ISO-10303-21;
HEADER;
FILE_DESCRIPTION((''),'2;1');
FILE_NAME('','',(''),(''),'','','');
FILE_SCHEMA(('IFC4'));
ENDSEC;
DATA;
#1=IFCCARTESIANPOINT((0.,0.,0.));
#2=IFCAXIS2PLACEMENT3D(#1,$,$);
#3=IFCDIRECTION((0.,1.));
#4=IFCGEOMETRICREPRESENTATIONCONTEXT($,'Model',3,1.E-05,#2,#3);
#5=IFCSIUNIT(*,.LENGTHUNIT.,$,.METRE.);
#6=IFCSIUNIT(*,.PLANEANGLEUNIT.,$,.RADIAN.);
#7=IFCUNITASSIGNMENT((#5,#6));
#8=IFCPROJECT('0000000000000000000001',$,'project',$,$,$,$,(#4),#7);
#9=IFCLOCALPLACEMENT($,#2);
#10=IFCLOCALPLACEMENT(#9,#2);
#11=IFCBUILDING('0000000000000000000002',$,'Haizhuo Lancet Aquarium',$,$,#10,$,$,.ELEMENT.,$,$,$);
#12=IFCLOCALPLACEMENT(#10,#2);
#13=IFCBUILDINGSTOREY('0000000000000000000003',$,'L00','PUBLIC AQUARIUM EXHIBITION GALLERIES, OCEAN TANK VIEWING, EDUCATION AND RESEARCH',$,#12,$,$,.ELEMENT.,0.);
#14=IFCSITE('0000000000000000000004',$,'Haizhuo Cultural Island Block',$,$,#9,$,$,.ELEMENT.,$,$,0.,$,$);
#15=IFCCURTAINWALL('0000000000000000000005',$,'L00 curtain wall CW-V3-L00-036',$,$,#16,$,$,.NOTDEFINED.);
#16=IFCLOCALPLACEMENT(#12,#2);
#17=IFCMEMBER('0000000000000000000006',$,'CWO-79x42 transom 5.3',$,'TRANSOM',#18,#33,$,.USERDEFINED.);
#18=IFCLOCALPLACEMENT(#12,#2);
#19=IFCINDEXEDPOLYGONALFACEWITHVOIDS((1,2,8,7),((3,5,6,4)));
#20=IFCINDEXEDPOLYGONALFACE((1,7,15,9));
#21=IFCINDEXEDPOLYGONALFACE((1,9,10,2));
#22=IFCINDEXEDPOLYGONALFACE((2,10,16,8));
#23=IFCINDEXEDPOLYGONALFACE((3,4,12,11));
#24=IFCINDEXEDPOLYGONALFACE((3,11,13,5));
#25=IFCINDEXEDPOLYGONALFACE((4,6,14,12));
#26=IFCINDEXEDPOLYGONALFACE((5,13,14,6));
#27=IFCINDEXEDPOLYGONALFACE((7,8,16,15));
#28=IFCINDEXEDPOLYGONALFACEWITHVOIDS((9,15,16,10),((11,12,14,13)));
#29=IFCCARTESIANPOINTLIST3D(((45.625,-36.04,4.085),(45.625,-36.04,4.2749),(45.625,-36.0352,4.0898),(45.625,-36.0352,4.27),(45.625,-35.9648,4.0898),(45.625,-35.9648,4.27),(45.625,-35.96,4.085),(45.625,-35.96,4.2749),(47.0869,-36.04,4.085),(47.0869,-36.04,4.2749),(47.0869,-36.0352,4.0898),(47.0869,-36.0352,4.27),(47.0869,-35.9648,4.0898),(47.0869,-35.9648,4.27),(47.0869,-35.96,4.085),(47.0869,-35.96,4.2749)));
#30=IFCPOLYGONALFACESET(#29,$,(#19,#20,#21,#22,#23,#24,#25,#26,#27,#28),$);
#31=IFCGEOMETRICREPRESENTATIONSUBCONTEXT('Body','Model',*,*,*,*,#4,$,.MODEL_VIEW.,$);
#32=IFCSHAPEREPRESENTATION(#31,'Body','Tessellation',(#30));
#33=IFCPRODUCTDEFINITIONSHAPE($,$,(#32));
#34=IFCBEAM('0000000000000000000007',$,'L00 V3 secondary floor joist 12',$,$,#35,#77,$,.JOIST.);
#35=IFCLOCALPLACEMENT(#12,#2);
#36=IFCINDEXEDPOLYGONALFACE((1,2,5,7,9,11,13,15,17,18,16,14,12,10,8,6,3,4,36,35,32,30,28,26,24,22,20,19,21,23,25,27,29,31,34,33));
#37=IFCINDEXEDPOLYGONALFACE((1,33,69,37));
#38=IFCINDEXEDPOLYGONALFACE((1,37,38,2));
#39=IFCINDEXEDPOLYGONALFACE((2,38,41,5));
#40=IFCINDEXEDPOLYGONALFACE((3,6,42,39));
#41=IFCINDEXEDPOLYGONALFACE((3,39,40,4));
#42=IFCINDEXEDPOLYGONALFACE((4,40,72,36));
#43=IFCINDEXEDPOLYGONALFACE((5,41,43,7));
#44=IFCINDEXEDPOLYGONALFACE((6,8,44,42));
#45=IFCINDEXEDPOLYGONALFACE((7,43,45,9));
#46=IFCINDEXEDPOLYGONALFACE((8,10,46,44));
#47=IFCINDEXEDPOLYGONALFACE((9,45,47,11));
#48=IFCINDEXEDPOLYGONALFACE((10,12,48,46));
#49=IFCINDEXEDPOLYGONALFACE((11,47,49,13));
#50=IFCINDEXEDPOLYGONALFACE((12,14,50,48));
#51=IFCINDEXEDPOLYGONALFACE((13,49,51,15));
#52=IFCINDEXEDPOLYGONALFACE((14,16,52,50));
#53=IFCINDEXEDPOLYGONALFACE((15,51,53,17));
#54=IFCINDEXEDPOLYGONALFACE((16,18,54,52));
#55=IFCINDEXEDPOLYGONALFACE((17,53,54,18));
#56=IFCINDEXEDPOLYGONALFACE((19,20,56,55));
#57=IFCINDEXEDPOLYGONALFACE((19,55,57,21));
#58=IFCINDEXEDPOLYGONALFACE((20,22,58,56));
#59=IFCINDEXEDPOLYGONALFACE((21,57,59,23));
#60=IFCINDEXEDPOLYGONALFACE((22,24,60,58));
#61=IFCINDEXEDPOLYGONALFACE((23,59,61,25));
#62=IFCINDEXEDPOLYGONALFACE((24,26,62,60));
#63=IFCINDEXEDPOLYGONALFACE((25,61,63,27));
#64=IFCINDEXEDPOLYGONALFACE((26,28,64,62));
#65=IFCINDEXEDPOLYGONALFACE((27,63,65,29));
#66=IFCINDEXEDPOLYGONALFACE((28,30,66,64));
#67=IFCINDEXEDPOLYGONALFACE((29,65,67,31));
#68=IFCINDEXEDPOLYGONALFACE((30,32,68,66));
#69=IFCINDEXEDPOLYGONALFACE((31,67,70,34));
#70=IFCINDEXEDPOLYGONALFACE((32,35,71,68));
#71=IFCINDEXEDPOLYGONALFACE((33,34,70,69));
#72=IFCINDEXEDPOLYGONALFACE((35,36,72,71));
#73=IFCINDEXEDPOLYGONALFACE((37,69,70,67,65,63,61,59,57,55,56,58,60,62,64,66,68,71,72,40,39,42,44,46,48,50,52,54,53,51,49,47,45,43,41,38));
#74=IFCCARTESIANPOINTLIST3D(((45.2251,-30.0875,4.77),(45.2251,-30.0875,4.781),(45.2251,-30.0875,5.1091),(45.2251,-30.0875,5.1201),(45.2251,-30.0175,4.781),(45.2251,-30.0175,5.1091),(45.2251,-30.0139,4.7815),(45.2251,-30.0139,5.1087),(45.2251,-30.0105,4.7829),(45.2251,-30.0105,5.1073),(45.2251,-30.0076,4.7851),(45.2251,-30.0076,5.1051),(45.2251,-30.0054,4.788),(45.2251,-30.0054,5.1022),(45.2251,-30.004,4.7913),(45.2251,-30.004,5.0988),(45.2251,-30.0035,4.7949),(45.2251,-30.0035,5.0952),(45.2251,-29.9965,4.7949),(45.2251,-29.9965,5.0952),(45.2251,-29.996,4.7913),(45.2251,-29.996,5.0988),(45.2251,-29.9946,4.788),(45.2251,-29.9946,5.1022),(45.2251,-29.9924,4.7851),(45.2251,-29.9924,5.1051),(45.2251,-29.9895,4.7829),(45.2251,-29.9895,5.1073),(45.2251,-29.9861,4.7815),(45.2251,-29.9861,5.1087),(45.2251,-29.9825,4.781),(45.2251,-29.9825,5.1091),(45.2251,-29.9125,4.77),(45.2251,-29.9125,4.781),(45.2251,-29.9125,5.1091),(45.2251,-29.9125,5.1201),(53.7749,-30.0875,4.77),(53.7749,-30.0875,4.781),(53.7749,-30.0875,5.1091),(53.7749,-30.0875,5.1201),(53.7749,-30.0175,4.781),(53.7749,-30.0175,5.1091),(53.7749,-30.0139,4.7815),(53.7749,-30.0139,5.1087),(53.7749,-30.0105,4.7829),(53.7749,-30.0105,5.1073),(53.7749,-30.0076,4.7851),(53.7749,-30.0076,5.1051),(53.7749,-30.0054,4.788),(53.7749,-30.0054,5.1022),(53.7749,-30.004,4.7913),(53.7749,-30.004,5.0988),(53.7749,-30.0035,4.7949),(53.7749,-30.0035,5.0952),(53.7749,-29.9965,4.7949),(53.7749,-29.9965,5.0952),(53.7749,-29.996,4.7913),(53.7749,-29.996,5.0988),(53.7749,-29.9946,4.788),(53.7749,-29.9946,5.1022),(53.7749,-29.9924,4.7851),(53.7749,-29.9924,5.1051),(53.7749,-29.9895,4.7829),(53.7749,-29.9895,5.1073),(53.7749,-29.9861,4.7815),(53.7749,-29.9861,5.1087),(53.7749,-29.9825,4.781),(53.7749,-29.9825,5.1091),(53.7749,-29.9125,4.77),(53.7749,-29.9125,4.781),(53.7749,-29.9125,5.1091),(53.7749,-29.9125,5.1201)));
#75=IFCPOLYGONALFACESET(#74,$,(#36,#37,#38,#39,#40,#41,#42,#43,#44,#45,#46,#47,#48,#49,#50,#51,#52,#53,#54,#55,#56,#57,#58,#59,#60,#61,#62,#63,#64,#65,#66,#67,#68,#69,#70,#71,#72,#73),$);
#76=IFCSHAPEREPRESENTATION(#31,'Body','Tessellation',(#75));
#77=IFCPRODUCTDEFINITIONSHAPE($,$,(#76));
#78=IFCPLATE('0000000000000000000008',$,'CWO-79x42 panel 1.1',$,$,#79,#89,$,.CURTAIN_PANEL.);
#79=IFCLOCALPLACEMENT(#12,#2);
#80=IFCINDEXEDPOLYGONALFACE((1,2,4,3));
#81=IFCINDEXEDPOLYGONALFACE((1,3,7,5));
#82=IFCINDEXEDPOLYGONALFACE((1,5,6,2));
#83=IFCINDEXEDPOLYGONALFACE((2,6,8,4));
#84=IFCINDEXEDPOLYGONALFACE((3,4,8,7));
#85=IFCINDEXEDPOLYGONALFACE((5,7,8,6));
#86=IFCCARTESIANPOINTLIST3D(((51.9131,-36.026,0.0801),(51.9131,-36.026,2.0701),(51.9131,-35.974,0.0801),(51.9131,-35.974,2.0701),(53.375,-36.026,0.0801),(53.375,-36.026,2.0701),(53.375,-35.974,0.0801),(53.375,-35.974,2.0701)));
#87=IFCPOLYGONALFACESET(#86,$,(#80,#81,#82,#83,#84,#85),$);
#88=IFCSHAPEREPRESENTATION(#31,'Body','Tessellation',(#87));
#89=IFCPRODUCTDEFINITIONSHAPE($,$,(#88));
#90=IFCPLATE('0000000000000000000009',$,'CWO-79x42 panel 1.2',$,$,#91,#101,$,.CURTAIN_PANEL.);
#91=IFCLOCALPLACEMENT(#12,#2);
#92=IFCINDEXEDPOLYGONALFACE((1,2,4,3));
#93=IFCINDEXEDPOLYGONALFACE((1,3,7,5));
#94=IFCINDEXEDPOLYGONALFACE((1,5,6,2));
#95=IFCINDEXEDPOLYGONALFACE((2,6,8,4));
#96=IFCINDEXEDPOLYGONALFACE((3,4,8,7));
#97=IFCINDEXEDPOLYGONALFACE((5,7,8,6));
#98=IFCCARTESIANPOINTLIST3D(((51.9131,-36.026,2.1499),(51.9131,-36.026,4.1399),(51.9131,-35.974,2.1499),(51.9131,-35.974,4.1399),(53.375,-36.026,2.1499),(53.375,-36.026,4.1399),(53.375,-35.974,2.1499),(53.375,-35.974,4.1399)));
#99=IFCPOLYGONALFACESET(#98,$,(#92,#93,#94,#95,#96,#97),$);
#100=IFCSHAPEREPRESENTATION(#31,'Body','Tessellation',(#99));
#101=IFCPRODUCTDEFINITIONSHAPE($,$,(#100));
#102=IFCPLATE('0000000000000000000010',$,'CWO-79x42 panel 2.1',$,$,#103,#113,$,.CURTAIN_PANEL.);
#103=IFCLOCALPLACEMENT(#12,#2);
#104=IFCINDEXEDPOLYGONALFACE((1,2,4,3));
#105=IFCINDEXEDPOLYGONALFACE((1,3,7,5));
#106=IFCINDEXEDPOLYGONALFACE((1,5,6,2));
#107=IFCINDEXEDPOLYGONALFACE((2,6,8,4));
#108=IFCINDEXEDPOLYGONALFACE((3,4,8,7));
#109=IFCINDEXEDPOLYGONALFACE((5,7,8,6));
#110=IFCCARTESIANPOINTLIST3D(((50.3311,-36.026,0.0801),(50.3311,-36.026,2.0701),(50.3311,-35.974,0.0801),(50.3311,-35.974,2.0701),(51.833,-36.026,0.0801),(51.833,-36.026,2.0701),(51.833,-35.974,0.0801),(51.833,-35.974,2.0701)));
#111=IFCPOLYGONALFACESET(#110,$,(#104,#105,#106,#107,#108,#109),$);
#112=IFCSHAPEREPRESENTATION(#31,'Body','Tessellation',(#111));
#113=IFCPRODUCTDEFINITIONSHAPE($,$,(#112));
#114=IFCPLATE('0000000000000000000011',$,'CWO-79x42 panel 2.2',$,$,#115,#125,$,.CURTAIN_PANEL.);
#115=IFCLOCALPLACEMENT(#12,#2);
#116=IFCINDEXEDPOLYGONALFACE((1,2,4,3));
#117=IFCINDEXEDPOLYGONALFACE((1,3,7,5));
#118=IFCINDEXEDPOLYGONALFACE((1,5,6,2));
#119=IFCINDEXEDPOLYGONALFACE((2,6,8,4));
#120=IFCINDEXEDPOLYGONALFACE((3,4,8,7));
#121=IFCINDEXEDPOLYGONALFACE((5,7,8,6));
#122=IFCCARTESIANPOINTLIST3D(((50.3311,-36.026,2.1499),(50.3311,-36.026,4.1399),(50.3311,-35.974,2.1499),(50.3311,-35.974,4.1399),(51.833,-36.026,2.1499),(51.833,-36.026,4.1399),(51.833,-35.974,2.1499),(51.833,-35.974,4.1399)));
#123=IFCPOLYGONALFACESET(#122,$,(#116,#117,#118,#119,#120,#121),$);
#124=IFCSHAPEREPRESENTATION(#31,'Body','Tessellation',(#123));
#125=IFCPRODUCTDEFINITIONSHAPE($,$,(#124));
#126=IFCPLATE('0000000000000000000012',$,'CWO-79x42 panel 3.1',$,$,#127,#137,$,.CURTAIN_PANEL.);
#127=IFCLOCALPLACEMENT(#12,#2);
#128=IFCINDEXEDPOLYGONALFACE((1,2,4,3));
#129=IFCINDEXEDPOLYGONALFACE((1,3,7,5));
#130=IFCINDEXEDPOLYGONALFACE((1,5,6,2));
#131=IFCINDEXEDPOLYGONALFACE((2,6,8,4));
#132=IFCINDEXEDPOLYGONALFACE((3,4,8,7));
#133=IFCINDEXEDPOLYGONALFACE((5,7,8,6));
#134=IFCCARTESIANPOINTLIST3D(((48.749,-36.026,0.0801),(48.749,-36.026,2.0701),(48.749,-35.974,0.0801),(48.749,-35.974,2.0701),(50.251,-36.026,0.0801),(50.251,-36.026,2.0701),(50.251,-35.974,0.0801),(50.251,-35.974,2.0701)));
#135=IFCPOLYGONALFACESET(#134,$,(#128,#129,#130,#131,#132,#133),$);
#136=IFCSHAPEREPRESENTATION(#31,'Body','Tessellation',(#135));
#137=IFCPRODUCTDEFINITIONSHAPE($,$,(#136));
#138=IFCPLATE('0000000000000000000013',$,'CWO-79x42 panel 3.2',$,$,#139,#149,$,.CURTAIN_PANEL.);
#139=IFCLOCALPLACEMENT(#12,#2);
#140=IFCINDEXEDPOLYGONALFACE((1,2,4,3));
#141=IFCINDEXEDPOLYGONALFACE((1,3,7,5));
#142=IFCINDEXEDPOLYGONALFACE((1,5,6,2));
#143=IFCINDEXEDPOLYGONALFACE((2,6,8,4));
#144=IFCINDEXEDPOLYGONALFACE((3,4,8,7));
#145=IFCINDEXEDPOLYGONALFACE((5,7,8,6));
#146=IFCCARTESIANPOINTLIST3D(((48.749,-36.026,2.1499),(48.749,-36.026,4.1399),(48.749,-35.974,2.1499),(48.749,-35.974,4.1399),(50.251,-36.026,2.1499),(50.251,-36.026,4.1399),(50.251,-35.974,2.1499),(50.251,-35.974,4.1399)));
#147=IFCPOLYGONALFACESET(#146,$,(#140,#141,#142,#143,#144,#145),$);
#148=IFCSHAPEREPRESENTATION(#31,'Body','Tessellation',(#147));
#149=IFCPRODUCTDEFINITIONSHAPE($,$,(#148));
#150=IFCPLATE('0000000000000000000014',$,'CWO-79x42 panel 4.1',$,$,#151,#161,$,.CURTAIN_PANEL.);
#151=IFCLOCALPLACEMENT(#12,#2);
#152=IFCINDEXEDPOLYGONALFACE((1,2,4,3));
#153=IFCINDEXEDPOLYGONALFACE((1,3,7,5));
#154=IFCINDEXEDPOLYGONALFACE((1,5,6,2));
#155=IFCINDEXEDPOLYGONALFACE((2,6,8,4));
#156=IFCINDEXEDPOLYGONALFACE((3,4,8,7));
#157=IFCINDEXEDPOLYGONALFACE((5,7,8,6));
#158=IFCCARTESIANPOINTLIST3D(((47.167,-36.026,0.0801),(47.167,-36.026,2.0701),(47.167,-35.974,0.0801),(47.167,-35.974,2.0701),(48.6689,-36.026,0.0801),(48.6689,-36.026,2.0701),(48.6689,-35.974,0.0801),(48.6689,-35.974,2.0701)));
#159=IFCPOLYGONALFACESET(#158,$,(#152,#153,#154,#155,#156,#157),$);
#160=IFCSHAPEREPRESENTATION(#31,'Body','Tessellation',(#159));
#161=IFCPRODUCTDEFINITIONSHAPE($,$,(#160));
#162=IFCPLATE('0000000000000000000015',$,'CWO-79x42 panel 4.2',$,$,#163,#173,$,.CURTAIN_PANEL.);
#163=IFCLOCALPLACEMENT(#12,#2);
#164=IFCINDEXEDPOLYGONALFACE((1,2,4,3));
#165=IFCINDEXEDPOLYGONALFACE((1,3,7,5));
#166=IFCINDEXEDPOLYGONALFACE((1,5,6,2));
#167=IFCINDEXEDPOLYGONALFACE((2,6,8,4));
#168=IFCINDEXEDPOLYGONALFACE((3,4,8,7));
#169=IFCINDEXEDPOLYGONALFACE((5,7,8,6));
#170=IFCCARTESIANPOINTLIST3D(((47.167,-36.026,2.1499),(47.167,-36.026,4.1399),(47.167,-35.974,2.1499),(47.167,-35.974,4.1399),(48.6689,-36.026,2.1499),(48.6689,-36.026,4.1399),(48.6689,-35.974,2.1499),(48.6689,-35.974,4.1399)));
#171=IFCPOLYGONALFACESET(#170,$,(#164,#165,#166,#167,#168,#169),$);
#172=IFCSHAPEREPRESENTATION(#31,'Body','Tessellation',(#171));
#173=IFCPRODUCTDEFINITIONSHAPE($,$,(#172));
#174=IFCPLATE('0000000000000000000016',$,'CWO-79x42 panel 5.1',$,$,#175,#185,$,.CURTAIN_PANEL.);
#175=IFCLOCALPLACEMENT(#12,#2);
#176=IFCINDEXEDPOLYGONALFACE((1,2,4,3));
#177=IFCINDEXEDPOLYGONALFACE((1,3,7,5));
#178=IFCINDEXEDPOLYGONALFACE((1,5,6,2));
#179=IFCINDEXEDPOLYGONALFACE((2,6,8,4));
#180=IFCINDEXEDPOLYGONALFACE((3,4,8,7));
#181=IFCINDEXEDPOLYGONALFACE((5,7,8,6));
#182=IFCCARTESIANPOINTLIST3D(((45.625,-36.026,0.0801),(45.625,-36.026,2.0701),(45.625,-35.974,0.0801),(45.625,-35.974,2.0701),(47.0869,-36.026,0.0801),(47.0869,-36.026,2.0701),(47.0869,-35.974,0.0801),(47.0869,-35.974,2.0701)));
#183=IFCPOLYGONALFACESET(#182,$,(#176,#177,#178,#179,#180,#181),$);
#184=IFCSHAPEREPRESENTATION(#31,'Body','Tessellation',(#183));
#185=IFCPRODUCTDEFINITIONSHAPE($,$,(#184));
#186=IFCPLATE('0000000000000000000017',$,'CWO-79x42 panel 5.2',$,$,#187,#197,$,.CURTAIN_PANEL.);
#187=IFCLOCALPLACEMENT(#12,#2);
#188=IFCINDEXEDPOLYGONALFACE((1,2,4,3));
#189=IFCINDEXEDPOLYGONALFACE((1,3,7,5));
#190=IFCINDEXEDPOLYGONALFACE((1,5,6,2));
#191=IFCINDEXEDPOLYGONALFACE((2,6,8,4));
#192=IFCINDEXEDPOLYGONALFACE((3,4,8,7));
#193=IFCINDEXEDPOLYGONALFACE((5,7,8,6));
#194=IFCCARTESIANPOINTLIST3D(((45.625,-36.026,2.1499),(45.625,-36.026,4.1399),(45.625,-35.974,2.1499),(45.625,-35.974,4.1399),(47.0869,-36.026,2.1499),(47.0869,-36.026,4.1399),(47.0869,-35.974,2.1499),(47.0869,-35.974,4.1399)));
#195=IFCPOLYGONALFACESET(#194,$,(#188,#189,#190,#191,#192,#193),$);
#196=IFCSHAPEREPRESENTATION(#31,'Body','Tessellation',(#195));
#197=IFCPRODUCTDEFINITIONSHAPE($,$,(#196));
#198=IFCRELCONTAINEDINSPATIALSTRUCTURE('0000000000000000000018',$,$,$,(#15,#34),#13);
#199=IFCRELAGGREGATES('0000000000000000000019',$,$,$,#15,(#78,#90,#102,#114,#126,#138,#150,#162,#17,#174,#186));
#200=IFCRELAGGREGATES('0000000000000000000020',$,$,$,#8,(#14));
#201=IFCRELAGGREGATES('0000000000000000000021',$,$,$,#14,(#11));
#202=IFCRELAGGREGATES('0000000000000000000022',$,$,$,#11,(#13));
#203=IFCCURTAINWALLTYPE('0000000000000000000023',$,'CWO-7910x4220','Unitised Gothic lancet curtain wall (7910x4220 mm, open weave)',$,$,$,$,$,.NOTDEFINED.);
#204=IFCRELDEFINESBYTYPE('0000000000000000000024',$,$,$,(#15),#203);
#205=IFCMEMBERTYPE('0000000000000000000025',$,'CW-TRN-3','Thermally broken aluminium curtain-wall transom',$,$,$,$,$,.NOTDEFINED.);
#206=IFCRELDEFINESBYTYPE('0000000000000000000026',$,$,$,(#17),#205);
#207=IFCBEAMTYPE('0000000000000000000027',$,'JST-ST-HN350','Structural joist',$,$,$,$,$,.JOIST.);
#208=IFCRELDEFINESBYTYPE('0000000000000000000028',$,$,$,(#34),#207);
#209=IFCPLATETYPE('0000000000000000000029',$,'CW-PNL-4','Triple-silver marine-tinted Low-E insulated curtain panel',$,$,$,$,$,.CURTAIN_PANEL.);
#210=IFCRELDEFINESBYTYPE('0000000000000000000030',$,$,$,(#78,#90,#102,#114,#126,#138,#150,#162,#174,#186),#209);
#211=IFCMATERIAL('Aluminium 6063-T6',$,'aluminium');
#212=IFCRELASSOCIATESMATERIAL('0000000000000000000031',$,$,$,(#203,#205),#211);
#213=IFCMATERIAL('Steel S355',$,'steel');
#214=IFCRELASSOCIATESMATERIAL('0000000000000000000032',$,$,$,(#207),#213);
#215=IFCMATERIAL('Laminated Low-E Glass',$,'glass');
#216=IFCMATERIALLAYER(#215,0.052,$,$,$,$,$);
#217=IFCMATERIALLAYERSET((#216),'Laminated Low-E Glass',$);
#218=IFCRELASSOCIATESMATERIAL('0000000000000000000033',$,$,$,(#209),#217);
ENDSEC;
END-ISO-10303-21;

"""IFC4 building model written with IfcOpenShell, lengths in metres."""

from ifc_helpers import new_model, si_unit, direction, frame, origin, origin_2d, place, context, subcontext, project, spatial, rectangle, hollow_rectangle, i_section, extrude, material, layer, layer_set, material_profile, profile_set, type_object, element, aggregate, save


model = new_model("IFC4")

# Units and contexts
model_context = context("Model", 3, precision=1e-05, world=origin(), true_north=direction((0.0, 1.0)))
body_context = subcontext(model_context, "Body", "Model", "MODEL_VIEW")
ifc_project = project(units=[si_unit("LENGTHUNIT", "METRE"), si_unit("PLANEANGLEUNIT", "RADIAN")], contexts=[model_context])

# Site, building, storey
site_placement = place(None, origin())
site = spatial("IfcSite", under=ifc_project, at=site_placement, Name="Haizhuo Cultural Island Block", CompositionType="ELEMENT", RefElevation=0.0)
building_placement = place(site_placement, origin())
building = spatial("IfcBuilding", under=site, at=building_placement, Name="Haizhuo Lancet Aquarium", CompositionType="ELEMENT")
storey_placement = place(building_placement, origin())
storey = spatial("IfcBuildingStorey", under=building, at=storey_placement, Name="L00", Description="PUBLIC AQUARIUM EXHIBITION GALLERIES, OCEAN TANK VIEWING, EDUCATION AND RESEARCH", CompositionType="ELEMENT", Elevation=0.0)

# Curtain wall, member
ifc_material_1 = material(Name="Aluminium 6063-T6", Category="aluminium")
curtain_wall_type = type_object("IfcCurtainWallType", Name="CWO-7910x4220", Description="Unitised Gothic lancet curtain wall (7910x4220 mm, open weave)", PredefinedType="NOTDEFINED", material=ifc_material_1)
curtain_wall_placement = place(storey_placement, origin())
curtain_wall = element("IfcCurtainWall", 1, at=curtain_wall_placement, inside=storey, type_object=curtain_wall_type, Name="L00 curtain wall CW-V3-L00-036", PredefinedType="NOTDEFINED")
ifc_material_profile_1 = material_profile(ifc_material_1, hollow_rectangle(XDim=0.0801, YDim=0.1899, WallThickness=0.0049, at=origin_2d()), Name="ALU-T 80x190x5")
ifc_profile_set_1 = profile_set([ifc_material_profile_1], Name="Aluminium 6063-T6")
member_type_1 = type_object("IfcMemberType", Name="CW-TRN-3", Description="Thermally broken aluminium curtain-wall transom", PredefinedType="NOTDEFINED", material=ifc_profile_set_1)
member_1_placement = place(storey_placement, frame((47.0869, -36.0, 4.1799), z_axis=(-1.0, 0.0, 0.0), x_axis=(0.0, -1.0, 0.0)))
member_1 = element("IfcMember", 2, at=member_1_placement, type_object=member_type_1, Name="CWO-79x42 transom 5.3", ObjectType="TRANSOM", PredefinedType="USERDEFINED", context=body_context, shape_type="SweptSolid", body=[
    extrude(hollow_rectangle(XDim=0.0801, YDim=0.1899, WallThickness=0.0049, at=origin_2d()), origin(), (0.0, 0.0, 1.0), 1.4619),
])

# Beam
ifc_material_2 = material(Name="Steel S355", Category="steel")
ifc_material_profile_2 = material_profile(ifc_material_2, i_section(OverallWidth=0.175, OverallDepth=0.3501, WebThickness=0.0071, FlangeThickness=0.011, FilletRadius=0.0139, at=origin_2d()), Name="HN 350x175x7x11")
ifc_profile_set_2 = profile_set([ifc_material_profile_2], Name="Steel S355")
beam_type_1 = type_object("IfcBeamType", Name="JST-ST-HN350", Description="Structural joist", PredefinedType="JOIST", material=ifc_profile_set_2)
beam_1_placement = place(storey_placement, frame((45.2251, -30.0, 4.9451), z_axis=(1.0, 0.0, 0.0), x_axis=(0.0, 1.0, 0.0)))
element("IfcBeam", 3, at=beam_1_placement, inside=storey, type_object=beam_type_1, Name="L00 V3 secondary floor joist 12", PredefinedType="JOIST", context=body_context, shape_type="SweptSolid", body=[
    extrude(i_section(OverallWidth=0.175, OverallDepth=0.3501, WebThickness=0.0071, FlangeThickness=0.011, FilletRadius=0.0139, at=origin_2d()), origin(), (0.0, 0.0, 1.0), 8.5498),
])

# Plates
ifc_material_3 = material(Name="Laminated Low-E Glass", Category="glass")
ifc_layer_1 = layer(ifc_material_3, 0.052)
ifc_layer_set_1 = layer_set([ifc_layer_1], Name="Laminated Low-E Glass")
plate_type = type_object("IfcPlateType", Name="CW-PNL-4", Description="Triple-silver marine-tinted Low-E insulated curtain panel", PredefinedType="CURTAIN_PANEL", material=ifc_layer_set_1)
plate_1_placement = place(storey_placement, frame((52.644, -36.0, 0.0801), z_axis=(0.0, 0.0, 1.0), x_axis=(-1.0, 0.0, 0.0)))
plate_1 = element("IfcPlate", 4, at=plate_1_placement, type_object=plate_type, Name="CWO-79x42 panel 1.1", PredefinedType="CURTAIN_PANEL", context=body_context, shape_type="SweptSolid", body=[
    extrude(rectangle(XDim=1.4619, YDim=0.052, at=origin_2d()), origin(), (0.0, 0.0, 1.0), 1.99),
])
plate_2_placement = place(storey_placement, frame((52.644, -36.0, 2.1499), z_axis=(0.0, 0.0, 1.0), x_axis=(-1.0, 0.0, 0.0)))
plate_2 = element("IfcPlate", 5, at=plate_2_placement, type_object=plate_type, Name="CWO-79x42 panel 1.2", PredefinedType="CURTAIN_PANEL", context=body_context, shape_type="SweptSolid", body=[
    extrude(rectangle(XDim=1.4619, YDim=0.052, at=origin_2d()), origin(), (0.0, 0.0, 1.0), 1.99),
])
plate_3_placement = place(storey_placement, frame((51.082, -36.0, 0.0801), z_axis=(0.0, 0.0, 1.0), x_axis=(-1.0, 0.0, 0.0)))
plate_3 = element("IfcPlate", 6, at=plate_3_placement, type_object=plate_type, Name="CWO-79x42 panel 2.1", PredefinedType="CURTAIN_PANEL", context=body_context, shape_type="SweptSolid", body=[
    extrude(rectangle(XDim=1.502, YDim=0.052, at=origin_2d()), origin(), (0.0, 0.0, 1.0), 1.99),
])
plate_4_placement = place(storey_placement, frame((51.082, -36.0, 2.1499), z_axis=(0.0, 0.0, 1.0), x_axis=(-1.0, 0.0, 0.0)))
plate_4 = element("IfcPlate", 7, at=plate_4_placement, type_object=plate_type, Name="CWO-79x42 panel 2.2", PredefinedType="CURTAIN_PANEL", context=body_context, shape_type="SweptSolid", body=[
    extrude(rectangle(XDim=1.502, YDim=0.052, at=origin_2d()), origin(), (0.0, 0.0, 1.0), 1.99),
])
plate_5_placement = place(storey_placement, frame((49.5, -36.0, 0.0801), z_axis=(0.0, 0.0, 1.0), x_axis=(-1.0, 0.0, 0.0)))
plate_5 = element("IfcPlate", 8, at=plate_5_placement, type_object=plate_type, Name="CWO-79x42 panel 3.1", PredefinedType="CURTAIN_PANEL", context=body_context, shape_type="SweptSolid", body=[
    extrude(rectangle(XDim=1.502, YDim=0.052, at=origin_2d()), origin(), (0.0, 0.0, 1.0), 1.99),
])
plate_6_placement = place(storey_placement, frame((49.5, -36.0, 2.1499), z_axis=(0.0, 0.0, 1.0), x_axis=(-1.0, 0.0, 0.0)))
plate_6 = element("IfcPlate", 9, at=plate_6_placement, type_object=plate_type, Name="CWO-79x42 panel 3.2", PredefinedType="CURTAIN_PANEL", context=body_context, shape_type="SweptSolid", body=[
    extrude(rectangle(XDim=1.502, YDim=0.052, at=origin_2d()), origin(), (0.0, 0.0, 1.0), 1.99),
])
plate_7_placement = place(storey_placement, frame((47.918, -36.0, 0.0801), z_axis=(0.0, 0.0, 1.0), x_axis=(-1.0, 0.0, 0.0)))
plate_7 = element("IfcPlate", 10, at=plate_7_placement, type_object=plate_type, Name="CWO-79x42 panel 4.1", PredefinedType="CURTAIN_PANEL", context=body_context, shape_type="SweptSolid", body=[
    extrude(rectangle(XDim=1.502, YDim=0.052, at=origin_2d()), origin(), (0.0, 0.0, 1.0), 1.99),
])
plate_8_placement = place(storey_placement, frame((47.918, -36.0, 2.1499), z_axis=(0.0, 0.0, 1.0), x_axis=(-1.0, 0.0, 0.0)))
plate_8 = element("IfcPlate", 11, at=plate_8_placement, type_object=plate_type, Name="CWO-79x42 panel 4.2", PredefinedType="CURTAIN_PANEL", context=body_context, shape_type="SweptSolid", body=[
    extrude(rectangle(XDim=1.502, YDim=0.052, at=origin_2d()), origin(), (0.0, 0.0, 1.0), 1.99),
])
plate_9_placement = place(storey_placement, frame((46.356, -36.0, 0.0801), z_axis=(0.0, 0.0, 1.0), x_axis=(-1.0, 0.0, 0.0)))
plate_9 = element("IfcPlate", 12, at=plate_9_placement, type_object=plate_type, Name="CWO-79x42 panel 5.1", PredefinedType="CURTAIN_PANEL", context=body_context, shape_type="SweptSolid", body=[
    extrude(rectangle(XDim=1.4619, YDim=0.052, at=origin_2d()), origin(), (0.0, 0.0, 1.0), 1.99),
])
plate_10_placement = place(storey_placement, frame((46.356, -36.0, 2.1499), z_axis=(0.0, 0.0, 1.0), x_axis=(-1.0, 0.0, 0.0)))
plate_10 = element("IfcPlate", 13, at=plate_10_placement, type_object=plate_type, Name="CWO-79x42 panel 5.2", PredefinedType="CURTAIN_PANEL", context=body_context, shape_type="SweptSolid", body=[
    extrude(rectangle(XDim=1.4619, YDim=0.052, at=origin_2d()), origin(), (0.0, 0.0, 1.0), 1.99),
])
aggregate(curtain_wall, [plate_1, plate_2, plate_3, plate_4, plate_5, plate_6, plate_7, plate_8, member_1, plate_9, plate_10])

save(model, "model.ifc")
